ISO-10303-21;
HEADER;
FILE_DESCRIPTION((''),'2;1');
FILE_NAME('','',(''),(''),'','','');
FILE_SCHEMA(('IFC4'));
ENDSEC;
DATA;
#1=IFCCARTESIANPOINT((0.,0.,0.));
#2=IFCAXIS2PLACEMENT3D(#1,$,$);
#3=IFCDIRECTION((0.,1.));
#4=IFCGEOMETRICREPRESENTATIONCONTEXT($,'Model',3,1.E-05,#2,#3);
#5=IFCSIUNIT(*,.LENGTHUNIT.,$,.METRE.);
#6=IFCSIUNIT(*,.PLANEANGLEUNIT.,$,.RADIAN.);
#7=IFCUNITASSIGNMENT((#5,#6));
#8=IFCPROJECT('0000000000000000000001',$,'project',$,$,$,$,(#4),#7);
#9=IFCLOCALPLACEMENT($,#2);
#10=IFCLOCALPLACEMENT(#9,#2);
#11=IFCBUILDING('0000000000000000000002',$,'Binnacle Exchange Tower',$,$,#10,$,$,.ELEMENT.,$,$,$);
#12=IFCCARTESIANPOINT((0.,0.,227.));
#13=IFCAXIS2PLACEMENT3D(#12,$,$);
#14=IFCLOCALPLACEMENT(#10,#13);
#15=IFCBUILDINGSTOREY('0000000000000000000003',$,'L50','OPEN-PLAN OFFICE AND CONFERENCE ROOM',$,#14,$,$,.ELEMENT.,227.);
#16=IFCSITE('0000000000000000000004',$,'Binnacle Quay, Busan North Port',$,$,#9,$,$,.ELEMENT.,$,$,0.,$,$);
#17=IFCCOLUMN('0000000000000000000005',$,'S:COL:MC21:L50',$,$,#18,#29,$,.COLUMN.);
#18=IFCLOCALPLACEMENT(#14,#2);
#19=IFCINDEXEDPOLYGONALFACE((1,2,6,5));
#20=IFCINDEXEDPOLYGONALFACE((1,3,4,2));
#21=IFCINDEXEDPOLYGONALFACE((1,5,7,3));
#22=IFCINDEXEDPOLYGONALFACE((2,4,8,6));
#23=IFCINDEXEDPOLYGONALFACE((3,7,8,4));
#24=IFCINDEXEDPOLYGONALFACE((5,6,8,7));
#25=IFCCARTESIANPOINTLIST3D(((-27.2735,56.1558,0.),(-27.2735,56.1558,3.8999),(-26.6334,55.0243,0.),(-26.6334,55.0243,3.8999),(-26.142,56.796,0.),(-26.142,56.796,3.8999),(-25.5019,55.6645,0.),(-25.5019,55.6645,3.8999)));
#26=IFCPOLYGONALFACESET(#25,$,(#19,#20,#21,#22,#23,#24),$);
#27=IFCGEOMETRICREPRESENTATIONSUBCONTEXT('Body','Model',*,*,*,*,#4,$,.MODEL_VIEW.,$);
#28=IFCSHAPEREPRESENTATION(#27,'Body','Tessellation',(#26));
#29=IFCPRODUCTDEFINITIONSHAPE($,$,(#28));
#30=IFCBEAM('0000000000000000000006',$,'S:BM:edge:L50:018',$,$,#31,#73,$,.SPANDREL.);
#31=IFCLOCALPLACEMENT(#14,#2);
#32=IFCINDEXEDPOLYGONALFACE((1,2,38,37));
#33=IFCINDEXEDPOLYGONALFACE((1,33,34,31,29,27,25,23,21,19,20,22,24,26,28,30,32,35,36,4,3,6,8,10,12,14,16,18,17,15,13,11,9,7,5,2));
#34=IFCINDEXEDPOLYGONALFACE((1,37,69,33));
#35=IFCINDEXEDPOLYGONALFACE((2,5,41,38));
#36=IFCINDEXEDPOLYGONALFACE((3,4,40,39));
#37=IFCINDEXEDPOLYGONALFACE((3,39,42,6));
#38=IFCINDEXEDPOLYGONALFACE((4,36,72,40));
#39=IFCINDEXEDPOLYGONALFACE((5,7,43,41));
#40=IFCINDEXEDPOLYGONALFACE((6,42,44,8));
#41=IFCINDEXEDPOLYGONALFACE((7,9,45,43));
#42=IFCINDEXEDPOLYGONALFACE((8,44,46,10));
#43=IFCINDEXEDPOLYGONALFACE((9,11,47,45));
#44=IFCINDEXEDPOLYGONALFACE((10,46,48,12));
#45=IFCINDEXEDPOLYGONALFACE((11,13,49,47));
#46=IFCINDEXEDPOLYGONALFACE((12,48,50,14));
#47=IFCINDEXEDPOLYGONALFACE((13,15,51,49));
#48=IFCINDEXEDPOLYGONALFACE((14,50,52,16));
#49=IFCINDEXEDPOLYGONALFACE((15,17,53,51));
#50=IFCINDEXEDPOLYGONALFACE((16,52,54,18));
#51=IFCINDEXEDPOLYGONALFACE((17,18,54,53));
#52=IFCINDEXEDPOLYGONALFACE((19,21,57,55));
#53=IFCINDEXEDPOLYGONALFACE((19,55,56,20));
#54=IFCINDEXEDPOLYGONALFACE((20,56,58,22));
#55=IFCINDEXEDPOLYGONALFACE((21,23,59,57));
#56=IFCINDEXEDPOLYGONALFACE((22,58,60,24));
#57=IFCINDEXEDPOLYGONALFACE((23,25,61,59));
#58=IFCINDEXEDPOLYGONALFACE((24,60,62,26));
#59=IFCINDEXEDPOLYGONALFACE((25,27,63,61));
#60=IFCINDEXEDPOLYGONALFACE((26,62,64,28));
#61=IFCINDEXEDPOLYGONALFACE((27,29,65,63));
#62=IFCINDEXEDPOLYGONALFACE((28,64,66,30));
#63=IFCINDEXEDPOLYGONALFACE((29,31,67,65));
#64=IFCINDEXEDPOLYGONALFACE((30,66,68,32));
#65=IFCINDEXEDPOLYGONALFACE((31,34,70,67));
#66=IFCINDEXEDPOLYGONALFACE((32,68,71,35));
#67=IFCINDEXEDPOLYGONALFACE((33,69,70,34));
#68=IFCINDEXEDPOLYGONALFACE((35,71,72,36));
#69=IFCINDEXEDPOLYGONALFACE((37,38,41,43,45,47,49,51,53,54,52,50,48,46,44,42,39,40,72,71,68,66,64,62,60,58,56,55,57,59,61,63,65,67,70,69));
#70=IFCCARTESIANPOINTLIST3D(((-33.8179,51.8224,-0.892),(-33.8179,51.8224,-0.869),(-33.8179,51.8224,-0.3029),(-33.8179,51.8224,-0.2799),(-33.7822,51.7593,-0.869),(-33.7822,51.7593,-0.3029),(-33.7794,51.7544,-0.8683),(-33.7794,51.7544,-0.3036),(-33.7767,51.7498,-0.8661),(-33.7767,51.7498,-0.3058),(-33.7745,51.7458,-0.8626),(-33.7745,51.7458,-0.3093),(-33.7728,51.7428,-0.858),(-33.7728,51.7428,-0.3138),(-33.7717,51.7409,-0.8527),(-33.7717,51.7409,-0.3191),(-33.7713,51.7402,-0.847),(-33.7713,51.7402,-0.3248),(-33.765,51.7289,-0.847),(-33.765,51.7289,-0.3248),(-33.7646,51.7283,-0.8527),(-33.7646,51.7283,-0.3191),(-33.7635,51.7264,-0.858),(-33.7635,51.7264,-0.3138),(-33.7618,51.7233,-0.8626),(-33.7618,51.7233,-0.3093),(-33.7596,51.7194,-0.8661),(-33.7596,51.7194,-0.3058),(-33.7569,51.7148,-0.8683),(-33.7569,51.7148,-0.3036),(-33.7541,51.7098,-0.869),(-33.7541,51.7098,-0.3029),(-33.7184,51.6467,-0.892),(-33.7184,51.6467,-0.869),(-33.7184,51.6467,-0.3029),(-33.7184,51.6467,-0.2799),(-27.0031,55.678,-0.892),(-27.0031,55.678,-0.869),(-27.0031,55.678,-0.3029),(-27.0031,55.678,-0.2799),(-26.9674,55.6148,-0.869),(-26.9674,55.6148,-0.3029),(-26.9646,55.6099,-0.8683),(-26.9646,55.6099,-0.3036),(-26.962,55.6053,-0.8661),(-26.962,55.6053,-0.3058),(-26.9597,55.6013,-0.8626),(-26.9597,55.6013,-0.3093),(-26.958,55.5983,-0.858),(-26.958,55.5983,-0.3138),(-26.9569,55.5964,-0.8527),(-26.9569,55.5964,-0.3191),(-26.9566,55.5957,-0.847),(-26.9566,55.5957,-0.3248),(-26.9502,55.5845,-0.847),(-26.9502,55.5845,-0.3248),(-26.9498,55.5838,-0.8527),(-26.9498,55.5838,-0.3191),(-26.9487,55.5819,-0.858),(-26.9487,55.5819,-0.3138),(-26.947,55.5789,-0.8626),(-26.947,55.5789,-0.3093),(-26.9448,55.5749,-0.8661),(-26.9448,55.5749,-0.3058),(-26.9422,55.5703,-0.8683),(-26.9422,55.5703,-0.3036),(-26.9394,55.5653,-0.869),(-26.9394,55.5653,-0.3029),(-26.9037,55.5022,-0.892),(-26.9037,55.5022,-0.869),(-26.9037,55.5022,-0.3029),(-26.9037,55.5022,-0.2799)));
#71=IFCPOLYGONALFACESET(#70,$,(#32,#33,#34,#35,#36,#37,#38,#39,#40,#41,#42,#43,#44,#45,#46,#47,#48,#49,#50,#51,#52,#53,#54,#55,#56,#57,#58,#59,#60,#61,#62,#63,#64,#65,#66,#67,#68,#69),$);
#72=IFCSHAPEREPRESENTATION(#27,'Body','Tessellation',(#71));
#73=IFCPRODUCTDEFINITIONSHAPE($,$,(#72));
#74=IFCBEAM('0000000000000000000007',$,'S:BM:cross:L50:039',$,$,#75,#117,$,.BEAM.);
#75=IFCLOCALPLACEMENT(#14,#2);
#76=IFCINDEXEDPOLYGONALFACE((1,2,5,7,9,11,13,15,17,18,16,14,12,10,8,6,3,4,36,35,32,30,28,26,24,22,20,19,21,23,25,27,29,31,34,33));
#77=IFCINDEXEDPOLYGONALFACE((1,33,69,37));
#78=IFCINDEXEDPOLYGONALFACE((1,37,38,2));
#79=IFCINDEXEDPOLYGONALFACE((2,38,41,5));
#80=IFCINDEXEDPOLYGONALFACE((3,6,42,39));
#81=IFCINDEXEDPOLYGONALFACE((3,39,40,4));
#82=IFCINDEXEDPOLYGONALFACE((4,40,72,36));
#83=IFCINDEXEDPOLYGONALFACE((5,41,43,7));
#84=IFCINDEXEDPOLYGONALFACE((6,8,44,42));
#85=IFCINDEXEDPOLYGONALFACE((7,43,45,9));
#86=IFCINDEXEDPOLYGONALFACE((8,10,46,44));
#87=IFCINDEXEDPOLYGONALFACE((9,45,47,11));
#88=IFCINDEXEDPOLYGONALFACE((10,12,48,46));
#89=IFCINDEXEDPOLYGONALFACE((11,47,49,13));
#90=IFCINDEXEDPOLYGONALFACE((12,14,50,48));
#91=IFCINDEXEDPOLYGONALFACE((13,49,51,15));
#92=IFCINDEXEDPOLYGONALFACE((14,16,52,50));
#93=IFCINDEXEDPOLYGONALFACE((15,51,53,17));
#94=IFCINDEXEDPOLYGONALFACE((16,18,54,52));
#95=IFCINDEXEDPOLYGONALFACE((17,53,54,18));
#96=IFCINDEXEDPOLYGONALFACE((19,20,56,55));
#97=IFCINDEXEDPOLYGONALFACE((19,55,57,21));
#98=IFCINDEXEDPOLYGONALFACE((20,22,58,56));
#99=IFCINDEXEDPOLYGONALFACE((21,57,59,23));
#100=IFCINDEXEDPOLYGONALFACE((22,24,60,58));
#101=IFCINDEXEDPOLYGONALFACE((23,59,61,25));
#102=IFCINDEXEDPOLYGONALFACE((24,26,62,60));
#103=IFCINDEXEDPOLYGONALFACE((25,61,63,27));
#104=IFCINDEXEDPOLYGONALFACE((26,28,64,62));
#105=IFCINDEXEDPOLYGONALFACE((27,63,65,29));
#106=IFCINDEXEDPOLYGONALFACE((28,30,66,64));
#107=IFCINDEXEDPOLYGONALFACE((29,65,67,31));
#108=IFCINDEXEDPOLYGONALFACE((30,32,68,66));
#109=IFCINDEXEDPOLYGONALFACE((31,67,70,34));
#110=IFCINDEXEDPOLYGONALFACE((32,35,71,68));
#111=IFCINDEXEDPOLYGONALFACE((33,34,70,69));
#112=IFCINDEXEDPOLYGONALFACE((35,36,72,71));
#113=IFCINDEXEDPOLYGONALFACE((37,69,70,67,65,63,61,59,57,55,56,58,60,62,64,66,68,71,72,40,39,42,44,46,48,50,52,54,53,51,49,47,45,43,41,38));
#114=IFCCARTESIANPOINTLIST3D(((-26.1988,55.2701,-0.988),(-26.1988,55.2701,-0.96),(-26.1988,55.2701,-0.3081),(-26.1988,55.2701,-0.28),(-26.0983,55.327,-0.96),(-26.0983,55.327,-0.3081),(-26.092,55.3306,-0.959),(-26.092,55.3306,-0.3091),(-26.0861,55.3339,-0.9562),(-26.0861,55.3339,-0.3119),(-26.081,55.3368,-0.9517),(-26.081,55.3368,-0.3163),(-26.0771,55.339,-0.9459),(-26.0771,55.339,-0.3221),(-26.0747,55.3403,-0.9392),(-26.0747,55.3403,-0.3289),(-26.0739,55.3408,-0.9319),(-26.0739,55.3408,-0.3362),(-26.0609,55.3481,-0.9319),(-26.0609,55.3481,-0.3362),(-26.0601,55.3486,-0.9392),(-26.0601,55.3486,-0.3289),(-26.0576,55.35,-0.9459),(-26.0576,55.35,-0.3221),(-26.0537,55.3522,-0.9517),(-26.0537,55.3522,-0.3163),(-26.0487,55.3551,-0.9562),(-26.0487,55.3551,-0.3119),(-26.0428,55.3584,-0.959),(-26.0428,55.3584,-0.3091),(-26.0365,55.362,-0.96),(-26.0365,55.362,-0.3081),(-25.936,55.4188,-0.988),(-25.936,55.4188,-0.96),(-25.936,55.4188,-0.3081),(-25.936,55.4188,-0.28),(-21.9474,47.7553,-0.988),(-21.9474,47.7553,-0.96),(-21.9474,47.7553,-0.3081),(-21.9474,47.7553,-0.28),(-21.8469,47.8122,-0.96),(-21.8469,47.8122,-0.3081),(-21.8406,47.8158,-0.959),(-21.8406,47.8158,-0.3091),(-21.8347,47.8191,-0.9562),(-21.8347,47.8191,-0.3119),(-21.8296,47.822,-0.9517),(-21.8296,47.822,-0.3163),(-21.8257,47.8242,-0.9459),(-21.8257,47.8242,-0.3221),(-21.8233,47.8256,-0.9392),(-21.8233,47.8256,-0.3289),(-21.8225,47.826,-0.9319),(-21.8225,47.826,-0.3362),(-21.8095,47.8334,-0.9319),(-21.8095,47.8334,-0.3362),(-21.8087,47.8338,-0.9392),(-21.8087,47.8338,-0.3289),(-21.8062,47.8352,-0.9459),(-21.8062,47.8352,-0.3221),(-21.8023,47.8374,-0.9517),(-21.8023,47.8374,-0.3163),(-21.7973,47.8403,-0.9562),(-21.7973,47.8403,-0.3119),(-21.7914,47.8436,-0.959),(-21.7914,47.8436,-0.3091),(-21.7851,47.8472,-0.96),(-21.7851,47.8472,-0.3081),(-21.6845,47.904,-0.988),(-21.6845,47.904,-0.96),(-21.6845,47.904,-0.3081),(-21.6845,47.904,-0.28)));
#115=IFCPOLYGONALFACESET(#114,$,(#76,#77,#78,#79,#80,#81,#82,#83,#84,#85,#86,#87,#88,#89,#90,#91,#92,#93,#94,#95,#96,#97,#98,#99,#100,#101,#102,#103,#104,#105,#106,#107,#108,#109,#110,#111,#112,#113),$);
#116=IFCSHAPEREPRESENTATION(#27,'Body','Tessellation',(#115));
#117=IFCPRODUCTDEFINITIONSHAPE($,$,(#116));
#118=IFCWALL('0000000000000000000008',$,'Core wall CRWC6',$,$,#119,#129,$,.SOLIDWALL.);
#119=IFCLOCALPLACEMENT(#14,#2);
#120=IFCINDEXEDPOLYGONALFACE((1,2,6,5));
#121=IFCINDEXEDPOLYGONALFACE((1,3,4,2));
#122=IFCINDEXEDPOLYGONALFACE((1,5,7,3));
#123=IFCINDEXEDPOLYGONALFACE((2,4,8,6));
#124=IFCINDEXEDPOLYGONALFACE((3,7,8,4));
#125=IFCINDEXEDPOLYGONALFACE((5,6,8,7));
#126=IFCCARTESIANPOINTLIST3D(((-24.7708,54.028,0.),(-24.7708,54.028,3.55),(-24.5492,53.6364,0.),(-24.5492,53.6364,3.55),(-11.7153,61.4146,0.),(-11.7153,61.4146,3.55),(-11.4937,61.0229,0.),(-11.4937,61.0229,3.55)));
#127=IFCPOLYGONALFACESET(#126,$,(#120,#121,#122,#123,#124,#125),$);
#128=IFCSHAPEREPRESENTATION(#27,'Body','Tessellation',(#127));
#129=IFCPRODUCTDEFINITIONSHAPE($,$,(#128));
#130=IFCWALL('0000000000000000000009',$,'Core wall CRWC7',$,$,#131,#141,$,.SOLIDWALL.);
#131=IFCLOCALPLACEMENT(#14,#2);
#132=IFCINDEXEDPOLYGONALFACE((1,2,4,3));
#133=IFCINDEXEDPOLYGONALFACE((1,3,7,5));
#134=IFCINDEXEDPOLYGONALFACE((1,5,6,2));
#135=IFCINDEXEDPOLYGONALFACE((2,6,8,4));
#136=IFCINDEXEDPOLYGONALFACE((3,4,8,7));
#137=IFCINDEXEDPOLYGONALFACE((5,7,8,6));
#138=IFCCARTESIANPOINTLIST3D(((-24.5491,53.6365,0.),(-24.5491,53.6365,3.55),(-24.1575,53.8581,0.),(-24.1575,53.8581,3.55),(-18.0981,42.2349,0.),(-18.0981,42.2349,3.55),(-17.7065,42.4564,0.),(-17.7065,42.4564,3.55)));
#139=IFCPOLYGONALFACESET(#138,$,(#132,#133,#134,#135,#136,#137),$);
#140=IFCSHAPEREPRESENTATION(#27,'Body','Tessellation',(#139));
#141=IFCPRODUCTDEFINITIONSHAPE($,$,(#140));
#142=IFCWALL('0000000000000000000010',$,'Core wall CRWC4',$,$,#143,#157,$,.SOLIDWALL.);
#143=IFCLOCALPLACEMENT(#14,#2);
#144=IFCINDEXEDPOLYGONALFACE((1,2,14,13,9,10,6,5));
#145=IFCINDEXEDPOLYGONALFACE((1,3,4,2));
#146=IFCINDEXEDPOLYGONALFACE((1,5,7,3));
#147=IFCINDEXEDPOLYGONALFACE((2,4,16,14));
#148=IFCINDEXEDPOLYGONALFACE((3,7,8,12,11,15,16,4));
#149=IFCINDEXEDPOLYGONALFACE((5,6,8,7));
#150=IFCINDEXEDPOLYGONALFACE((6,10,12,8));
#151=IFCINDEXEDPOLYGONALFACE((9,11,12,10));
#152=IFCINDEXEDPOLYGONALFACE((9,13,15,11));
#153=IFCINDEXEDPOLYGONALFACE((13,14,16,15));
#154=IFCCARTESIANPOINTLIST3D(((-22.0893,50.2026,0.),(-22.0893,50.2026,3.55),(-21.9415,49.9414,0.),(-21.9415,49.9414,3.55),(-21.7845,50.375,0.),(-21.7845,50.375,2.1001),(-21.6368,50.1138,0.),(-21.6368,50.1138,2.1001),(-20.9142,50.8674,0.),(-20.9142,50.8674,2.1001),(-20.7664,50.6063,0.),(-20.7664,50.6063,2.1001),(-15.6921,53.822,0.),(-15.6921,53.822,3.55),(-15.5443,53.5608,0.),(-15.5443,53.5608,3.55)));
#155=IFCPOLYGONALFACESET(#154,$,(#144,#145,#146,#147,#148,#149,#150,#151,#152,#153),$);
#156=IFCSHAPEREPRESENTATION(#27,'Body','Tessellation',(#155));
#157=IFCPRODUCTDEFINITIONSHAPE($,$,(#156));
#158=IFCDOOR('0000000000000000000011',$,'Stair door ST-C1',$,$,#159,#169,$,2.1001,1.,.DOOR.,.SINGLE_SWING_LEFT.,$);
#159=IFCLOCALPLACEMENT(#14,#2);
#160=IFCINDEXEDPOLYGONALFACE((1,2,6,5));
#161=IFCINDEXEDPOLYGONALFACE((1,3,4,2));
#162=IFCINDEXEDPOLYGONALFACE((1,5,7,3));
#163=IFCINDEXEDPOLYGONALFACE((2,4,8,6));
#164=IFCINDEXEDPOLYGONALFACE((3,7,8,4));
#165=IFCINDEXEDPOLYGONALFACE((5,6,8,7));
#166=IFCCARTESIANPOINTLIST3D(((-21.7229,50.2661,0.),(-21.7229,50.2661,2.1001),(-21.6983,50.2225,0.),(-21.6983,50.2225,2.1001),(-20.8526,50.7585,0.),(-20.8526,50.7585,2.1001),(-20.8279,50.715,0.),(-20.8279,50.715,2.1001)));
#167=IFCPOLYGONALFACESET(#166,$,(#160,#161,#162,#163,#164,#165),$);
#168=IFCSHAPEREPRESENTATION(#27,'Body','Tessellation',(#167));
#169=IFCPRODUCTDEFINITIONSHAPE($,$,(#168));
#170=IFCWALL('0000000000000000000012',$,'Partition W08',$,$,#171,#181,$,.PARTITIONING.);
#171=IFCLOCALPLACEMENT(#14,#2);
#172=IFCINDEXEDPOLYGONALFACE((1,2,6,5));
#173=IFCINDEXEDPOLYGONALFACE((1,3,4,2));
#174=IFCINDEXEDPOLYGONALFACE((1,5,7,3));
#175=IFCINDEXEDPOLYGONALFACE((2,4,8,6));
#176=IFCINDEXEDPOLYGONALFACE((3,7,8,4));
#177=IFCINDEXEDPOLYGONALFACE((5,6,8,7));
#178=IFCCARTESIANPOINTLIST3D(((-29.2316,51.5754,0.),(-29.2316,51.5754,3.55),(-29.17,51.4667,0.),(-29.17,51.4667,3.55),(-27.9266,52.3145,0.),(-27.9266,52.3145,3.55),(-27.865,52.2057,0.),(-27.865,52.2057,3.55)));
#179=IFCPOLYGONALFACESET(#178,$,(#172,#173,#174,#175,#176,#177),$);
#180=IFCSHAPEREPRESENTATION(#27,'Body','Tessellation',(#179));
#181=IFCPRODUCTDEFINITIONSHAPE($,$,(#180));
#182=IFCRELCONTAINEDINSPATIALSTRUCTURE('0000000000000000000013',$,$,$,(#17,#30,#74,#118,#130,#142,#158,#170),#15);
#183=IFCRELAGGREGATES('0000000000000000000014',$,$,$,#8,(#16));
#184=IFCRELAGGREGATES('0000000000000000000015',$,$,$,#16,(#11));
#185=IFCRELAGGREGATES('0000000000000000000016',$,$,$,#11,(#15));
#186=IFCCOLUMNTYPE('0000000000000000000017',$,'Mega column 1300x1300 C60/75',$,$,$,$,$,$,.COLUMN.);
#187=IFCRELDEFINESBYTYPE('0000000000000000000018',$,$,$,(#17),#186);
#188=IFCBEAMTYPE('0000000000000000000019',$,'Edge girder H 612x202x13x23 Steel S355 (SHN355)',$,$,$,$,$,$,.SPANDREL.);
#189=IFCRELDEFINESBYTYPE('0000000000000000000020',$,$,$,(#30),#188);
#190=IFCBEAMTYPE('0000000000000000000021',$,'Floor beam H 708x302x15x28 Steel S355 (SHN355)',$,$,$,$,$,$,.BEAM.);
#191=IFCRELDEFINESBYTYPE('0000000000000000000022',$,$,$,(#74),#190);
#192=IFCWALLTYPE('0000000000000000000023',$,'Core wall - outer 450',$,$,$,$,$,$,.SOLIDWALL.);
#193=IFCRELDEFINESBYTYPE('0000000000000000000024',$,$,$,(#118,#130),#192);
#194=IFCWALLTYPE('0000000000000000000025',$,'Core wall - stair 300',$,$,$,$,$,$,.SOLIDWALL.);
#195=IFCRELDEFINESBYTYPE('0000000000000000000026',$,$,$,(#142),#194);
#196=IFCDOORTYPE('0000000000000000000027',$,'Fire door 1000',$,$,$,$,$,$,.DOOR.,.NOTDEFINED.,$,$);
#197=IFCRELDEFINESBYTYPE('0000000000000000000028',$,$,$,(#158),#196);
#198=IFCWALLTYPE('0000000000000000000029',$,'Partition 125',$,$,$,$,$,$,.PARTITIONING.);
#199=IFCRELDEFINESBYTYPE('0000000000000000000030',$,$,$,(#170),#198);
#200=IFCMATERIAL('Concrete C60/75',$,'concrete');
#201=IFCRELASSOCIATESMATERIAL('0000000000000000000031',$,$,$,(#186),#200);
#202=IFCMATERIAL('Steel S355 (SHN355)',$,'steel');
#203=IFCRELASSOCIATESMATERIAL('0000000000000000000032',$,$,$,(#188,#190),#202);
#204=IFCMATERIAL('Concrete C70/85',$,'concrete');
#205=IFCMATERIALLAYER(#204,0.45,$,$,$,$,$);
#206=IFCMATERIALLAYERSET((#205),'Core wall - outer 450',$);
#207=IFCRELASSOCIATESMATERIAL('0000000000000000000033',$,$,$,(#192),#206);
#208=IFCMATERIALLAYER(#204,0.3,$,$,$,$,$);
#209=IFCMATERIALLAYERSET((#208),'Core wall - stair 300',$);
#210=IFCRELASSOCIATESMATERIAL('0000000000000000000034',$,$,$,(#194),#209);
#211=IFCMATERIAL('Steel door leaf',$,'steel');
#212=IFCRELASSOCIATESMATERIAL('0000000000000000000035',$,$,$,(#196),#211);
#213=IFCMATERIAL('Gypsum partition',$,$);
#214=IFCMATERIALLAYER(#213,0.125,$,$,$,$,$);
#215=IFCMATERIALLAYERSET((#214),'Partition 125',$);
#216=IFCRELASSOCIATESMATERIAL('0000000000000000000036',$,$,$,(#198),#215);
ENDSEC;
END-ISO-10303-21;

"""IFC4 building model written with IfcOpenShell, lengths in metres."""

from ifc_helpers import new_model, si_unit, direction, frame, frame_2d, origin, origin_2d, place, context, subcontext, project, spatial, rectangle, i_section, extrude, material, layer, layer_set, material_profile, profile_set, type_object, element, fill, save


model = new_model("IFC4")

# Units and contexts
model_context = context("Model", 3, precision=1e-05, world=origin(), true_north=direction((0.0, 1.0)))
body_context = subcontext(model_context, "Body", "Model", "MODEL_VIEW")
ifc_project = project(units=[si_unit("LENGTHUNIT", "METRE"), si_unit("PLANEANGLEUNIT", "RADIAN")], contexts=[model_context])

# Site, building, storey
site_placement = place(None, origin())
site = spatial("IfcSite", under=ifc_project, at=site_placement, Name="Binnacle Quay, Busan North Port", CompositionType="ELEMENT", RefElevation=0.0)
building_placement = place(site_placement, origin())
building = spatial("IfcBuilding", under=site, at=building_placement, Name="Binnacle Exchange Tower", CompositionType="ELEMENT")
storey_placement = place(building_placement, frame((0.0, 0.0, 227.0)))
storey = spatial("IfcBuildingStorey", under=building, at=storey_placement, Name="L50", Description="OPEN-PLAN OFFICE AND CONFERENCE ROOM", CompositionType="ELEMENT", Elevation=227.0)

# Column
ifc_material_1 = material(Name="Concrete C60/75", Category="concrete")
ifc_material_profile_1 = material_profile(ifc_material_1, rectangle(XDim=1.3, YDim=1.3, at=origin_2d()), Name="Mega column 1300x1300 C60/75")
ifc_profile_set_1 = profile_set([ifc_material_profile_1], Name="Concrete C60/75")
column_type = type_object("IfcColumnType", Name="Mega column 1300x1300 C60/75", PredefinedType="COLUMN", material=ifc_profile_set_1)
column_placement = place(storey_placement, frame((-26.3877, 55.9102, 0.0), z_axis=(0.0, 0.0, 1.0), x_axis=(-0.870356, -0.492424, 0.0)))
element("IfcColumn", 1, at=column_placement, inside=storey, type_object=column_type, Name="S:COL:MC21:L50", PredefinedType="COLUMN", context=body_context, shape_type="SweptSolid", body=[
    extrude(rectangle(XDim=1.3, YDim=1.3, at=origin_2d()), origin(), (0.0, 0.0, 1.0), 3.8999),
])

# Beams
ifc_material_2 = material(Name="Steel S355 (SHN355)", Category="steel")
ifc_material_profile_2 = material_profile(ifc_material_2, i_section(OverallWidth=0.2019, OverallDepth=0.6121, WebThickness=0.0129, FlangeThickness=0.0229, FilletRadius=0.022, at=origin_2d()), Name="H 612x202x13x23")
ifc_profile_set_2 = profile_set([ifc_material_profile_2], Name="Steel S355 (SHN355)")
beam_type_1 = type_object("IfcBeamType", Name="Edge girder H 612x202x13x23 Steel S355 (SHN355)", PredefinedType="SPANDREL", material=ifc_profile_set_2)
beam_1_placement = place(storey_placement, frame((-26.9534, 55.5901, -0.5859), z_axis=(-0.870361, -0.492414, 0.0), x_axis=(0.492414, -0.870361, 0.0)))
element("IfcBeam", 2, at=beam_1_placement, inside=storey, type_object=beam_type_1, Name="S:BM:edge:L50:018", PredefinedType="SPANDREL", context=body_context, shape_type="SweptSolid", body=[
    extrude(i_section(OverallWidth=0.2019, OverallDepth=0.6121, WebThickness=0.0129, FlangeThickness=0.0229, FilletRadius=0.022, at=origin_2d()), origin(), (0.0, 0.0, 1.0), 7.8298),
])
ifc_material_profile_3 = material_profile(ifc_material_2, i_section(OverallWidth=0.302, OverallDepth=0.708, WebThickness=0.0149, FlangeThickness=0.0281, FilletRadius=0.0281, at=origin_2d()), Name="H 708x302x15x28")
ifc_profile_set_3 = profile_set([ifc_material_profile_3], Name="Steel S355 (SHN355)")
beam_type_2 = type_object("IfcBeamType", Name="Floor beam H 708x302x15x28 Steel S355 (SHN355)", PredefinedType="BEAM", material=ifc_profile_set_3)
beam_2_placement = place(storey_placement, frame((-26.0674, 55.3445, -0.634), z_axis=(0.492401, -0.870368, 0.0), x_axis=(0.870368, 0.492401, 0.0)))
element("IfcBeam", 3, at=beam_2_placement, inside=storey, type_object=beam_type_2, Name="S:BM:cross:L50:039", PredefinedType="BEAM", context=body_context, shape_type="SweptSolid", body=[
    extrude(i_section(OverallWidth=0.302, OverallDepth=0.708, WebThickness=0.0149, FlangeThickness=0.0281, FilletRadius=0.0281, at=origin_2d()), origin(), (0.0, 0.0, 1.0), 8.634),
])

# Walls
ifc_material_3 = material(Name="Concrete C70/85", Category="concrete")
ifc_layer_1 = layer(ifc_material_3, 0.45)
ifc_layer_set_1 = layer_set([ifc_layer_1], Name="Core wall - outer 450")
wall_type_1 = type_object("IfcWallType", Name="Core wall - outer 450", PredefinedType="SOLIDWALL", material=ifc_layer_set_1)
wall_1_placement = place(storey_placement, frame((-24.6599, 53.8323, 0.0), z_axis=(0.0, 0.0, 1.0), x_axis=(0.870354, 0.492427, 0.0)))
element("IfcWall", 4, at=wall_1_placement, inside=storey, type_object=wall_type_1, Name="Core wall CRWC6", PredefinedType="SOLIDWALL", context=body_context, shape_type="SweptSolid", body=[
    extrude(rectangle(XDim=15.0002, YDim=0.45, at=frame_2d((7.5, 0.0))), origin(), (0.0, 0.0, 1.0), 3.55),
])
wall_2_placement = place(storey_placement, frame((-24.3533, 53.7473, 0.0), z_axis=(0.0, 0.0, 1.0), x_axis=(0.492435, -0.870349, 0.0)))
element("IfcWall", 5, at=wall_2_placement, inside=storey, type_object=wall_type_1, Name="Core wall CRWC7", PredefinedType="SOLIDWALL", context=body_context, shape_type="SweptSolid", body=[
    extrude(rectangle(XDim=13.1001, YDim=0.45, at=frame_2d((6.55, 0.0))), origin(), (0.0, 0.0, 1.0), 3.55),
])

# Wall, opening, door
ifc_layer_2 = layer(ifc_material_3, 0.3)
ifc_layer_set_2 = layer_set([ifc_layer_2], Name="Core wall - stair 300")
wall_type_2 = type_object("IfcWallType", Name="Core wall - stair 300", PredefinedType="SOLIDWALL", material=ifc_layer_set_2)
wall_3_placement = place(storey_placement, frame((-22.0154, 50.072, 0.0), z_axis=(0.0, 0.0, 1.0), x_axis=(0.870355, 0.492425, 0.0)))
wall_3 = element("IfcWall", 6, at=wall_3_placement, inside=storey, type_object=wall_type_2, Name="Core wall CRWC4", PredefinedType="SOLIDWALL", context=body_context, shape_type="SweptSolid", body=[
    extrude(rectangle(XDim=7.3501, YDim=0.3, at=frame_2d((3.675, 0.0))), origin(), (0.0, 0.0, 1.0), 3.55),
])
opening_1_placement = place(wall_3_placement, frame((0.3501, 0.0, 0.0)))
opening_1 = element("IfcOpeningElement", 7, at=opening_1_placement, cuts=wall_3, PredefinedType="OPENING", context=body_context, shape_type="SweptSolid", body=[
    extrude(rectangle(XDim=1.0, YDim=2.1001, at=frame_2d((0.5, 1.05))), frame((0.0, 0.1599, 0.0), z_axis=(0.0, -1.0, 0.0), x_axis=(1.0, 0.0, 0.0)), (0.0, 0.0, 1.0), 0.3201),
])
ifc_material_4 = material(Name="Steel door leaf", Category="steel")
door_type_1 = type_object("IfcDoorType", Name="Fire door 1000", OperationType="NOTDEFINED", PredefinedType="DOOR", material=ifc_material_4)
door_1_placement = place(opening_1_placement, origin())
door_1 = element("IfcDoor", 8, at=door_1_placement, inside=storey, type_object=door_type_1, Name="Stair door ST-C1", OperationType="SINGLE_SWING_LEFT", OverallHeight=2.1001, OverallWidth=1.0, PredefinedType="DOOR", context=body_context, shape_type="SweptSolid", body=[
    extrude(rectangle(XDim=1.0, YDim=2.1001, at=frame_2d((0.5, 1.05))), frame((0.0, 0.0249, 0.0), z_axis=(0.0, -1.0, 0.0), x_axis=(1.0, 0.0, 0.0)), (0.0, 0.0, 1.0), 0.05),
])
fill(opening_1, door_1)

# Wall
ifc_material_5 = material(Name="Gypsum partition")
ifc_layer_3 = layer(ifc_material_5, 0.125)
ifc_layer_set_3 = layer_set([ifc_layer_3], Name="Partition 125")
wall_type_3 = type_object("IfcWallType", Name="Partition 125", PredefinedType="PARTITIONING", material=ifc_layer_set_3)
wall_4_placement = place(storey_placement, frame((-29.2009, 51.521, 0.0), z_axis=(0.0, 0.0, 1.0), x_axis=(0.87015, 0.492787, 0.0)))
element("IfcWall", 9, at=wall_4_placement, inside=storey, type_object=wall_type_3, Name="Partition W08", PredefinedType="PARTITIONING", context=body_context, shape_type="SweptSolid", body=[
    extrude(rectangle(XDim=1.4998, YDim=0.125, at=frame_2d((0.75, 0.0))), origin(), (0.0, 0.0, 1.0), 3.55),
])

save(model, "model.ifc")
